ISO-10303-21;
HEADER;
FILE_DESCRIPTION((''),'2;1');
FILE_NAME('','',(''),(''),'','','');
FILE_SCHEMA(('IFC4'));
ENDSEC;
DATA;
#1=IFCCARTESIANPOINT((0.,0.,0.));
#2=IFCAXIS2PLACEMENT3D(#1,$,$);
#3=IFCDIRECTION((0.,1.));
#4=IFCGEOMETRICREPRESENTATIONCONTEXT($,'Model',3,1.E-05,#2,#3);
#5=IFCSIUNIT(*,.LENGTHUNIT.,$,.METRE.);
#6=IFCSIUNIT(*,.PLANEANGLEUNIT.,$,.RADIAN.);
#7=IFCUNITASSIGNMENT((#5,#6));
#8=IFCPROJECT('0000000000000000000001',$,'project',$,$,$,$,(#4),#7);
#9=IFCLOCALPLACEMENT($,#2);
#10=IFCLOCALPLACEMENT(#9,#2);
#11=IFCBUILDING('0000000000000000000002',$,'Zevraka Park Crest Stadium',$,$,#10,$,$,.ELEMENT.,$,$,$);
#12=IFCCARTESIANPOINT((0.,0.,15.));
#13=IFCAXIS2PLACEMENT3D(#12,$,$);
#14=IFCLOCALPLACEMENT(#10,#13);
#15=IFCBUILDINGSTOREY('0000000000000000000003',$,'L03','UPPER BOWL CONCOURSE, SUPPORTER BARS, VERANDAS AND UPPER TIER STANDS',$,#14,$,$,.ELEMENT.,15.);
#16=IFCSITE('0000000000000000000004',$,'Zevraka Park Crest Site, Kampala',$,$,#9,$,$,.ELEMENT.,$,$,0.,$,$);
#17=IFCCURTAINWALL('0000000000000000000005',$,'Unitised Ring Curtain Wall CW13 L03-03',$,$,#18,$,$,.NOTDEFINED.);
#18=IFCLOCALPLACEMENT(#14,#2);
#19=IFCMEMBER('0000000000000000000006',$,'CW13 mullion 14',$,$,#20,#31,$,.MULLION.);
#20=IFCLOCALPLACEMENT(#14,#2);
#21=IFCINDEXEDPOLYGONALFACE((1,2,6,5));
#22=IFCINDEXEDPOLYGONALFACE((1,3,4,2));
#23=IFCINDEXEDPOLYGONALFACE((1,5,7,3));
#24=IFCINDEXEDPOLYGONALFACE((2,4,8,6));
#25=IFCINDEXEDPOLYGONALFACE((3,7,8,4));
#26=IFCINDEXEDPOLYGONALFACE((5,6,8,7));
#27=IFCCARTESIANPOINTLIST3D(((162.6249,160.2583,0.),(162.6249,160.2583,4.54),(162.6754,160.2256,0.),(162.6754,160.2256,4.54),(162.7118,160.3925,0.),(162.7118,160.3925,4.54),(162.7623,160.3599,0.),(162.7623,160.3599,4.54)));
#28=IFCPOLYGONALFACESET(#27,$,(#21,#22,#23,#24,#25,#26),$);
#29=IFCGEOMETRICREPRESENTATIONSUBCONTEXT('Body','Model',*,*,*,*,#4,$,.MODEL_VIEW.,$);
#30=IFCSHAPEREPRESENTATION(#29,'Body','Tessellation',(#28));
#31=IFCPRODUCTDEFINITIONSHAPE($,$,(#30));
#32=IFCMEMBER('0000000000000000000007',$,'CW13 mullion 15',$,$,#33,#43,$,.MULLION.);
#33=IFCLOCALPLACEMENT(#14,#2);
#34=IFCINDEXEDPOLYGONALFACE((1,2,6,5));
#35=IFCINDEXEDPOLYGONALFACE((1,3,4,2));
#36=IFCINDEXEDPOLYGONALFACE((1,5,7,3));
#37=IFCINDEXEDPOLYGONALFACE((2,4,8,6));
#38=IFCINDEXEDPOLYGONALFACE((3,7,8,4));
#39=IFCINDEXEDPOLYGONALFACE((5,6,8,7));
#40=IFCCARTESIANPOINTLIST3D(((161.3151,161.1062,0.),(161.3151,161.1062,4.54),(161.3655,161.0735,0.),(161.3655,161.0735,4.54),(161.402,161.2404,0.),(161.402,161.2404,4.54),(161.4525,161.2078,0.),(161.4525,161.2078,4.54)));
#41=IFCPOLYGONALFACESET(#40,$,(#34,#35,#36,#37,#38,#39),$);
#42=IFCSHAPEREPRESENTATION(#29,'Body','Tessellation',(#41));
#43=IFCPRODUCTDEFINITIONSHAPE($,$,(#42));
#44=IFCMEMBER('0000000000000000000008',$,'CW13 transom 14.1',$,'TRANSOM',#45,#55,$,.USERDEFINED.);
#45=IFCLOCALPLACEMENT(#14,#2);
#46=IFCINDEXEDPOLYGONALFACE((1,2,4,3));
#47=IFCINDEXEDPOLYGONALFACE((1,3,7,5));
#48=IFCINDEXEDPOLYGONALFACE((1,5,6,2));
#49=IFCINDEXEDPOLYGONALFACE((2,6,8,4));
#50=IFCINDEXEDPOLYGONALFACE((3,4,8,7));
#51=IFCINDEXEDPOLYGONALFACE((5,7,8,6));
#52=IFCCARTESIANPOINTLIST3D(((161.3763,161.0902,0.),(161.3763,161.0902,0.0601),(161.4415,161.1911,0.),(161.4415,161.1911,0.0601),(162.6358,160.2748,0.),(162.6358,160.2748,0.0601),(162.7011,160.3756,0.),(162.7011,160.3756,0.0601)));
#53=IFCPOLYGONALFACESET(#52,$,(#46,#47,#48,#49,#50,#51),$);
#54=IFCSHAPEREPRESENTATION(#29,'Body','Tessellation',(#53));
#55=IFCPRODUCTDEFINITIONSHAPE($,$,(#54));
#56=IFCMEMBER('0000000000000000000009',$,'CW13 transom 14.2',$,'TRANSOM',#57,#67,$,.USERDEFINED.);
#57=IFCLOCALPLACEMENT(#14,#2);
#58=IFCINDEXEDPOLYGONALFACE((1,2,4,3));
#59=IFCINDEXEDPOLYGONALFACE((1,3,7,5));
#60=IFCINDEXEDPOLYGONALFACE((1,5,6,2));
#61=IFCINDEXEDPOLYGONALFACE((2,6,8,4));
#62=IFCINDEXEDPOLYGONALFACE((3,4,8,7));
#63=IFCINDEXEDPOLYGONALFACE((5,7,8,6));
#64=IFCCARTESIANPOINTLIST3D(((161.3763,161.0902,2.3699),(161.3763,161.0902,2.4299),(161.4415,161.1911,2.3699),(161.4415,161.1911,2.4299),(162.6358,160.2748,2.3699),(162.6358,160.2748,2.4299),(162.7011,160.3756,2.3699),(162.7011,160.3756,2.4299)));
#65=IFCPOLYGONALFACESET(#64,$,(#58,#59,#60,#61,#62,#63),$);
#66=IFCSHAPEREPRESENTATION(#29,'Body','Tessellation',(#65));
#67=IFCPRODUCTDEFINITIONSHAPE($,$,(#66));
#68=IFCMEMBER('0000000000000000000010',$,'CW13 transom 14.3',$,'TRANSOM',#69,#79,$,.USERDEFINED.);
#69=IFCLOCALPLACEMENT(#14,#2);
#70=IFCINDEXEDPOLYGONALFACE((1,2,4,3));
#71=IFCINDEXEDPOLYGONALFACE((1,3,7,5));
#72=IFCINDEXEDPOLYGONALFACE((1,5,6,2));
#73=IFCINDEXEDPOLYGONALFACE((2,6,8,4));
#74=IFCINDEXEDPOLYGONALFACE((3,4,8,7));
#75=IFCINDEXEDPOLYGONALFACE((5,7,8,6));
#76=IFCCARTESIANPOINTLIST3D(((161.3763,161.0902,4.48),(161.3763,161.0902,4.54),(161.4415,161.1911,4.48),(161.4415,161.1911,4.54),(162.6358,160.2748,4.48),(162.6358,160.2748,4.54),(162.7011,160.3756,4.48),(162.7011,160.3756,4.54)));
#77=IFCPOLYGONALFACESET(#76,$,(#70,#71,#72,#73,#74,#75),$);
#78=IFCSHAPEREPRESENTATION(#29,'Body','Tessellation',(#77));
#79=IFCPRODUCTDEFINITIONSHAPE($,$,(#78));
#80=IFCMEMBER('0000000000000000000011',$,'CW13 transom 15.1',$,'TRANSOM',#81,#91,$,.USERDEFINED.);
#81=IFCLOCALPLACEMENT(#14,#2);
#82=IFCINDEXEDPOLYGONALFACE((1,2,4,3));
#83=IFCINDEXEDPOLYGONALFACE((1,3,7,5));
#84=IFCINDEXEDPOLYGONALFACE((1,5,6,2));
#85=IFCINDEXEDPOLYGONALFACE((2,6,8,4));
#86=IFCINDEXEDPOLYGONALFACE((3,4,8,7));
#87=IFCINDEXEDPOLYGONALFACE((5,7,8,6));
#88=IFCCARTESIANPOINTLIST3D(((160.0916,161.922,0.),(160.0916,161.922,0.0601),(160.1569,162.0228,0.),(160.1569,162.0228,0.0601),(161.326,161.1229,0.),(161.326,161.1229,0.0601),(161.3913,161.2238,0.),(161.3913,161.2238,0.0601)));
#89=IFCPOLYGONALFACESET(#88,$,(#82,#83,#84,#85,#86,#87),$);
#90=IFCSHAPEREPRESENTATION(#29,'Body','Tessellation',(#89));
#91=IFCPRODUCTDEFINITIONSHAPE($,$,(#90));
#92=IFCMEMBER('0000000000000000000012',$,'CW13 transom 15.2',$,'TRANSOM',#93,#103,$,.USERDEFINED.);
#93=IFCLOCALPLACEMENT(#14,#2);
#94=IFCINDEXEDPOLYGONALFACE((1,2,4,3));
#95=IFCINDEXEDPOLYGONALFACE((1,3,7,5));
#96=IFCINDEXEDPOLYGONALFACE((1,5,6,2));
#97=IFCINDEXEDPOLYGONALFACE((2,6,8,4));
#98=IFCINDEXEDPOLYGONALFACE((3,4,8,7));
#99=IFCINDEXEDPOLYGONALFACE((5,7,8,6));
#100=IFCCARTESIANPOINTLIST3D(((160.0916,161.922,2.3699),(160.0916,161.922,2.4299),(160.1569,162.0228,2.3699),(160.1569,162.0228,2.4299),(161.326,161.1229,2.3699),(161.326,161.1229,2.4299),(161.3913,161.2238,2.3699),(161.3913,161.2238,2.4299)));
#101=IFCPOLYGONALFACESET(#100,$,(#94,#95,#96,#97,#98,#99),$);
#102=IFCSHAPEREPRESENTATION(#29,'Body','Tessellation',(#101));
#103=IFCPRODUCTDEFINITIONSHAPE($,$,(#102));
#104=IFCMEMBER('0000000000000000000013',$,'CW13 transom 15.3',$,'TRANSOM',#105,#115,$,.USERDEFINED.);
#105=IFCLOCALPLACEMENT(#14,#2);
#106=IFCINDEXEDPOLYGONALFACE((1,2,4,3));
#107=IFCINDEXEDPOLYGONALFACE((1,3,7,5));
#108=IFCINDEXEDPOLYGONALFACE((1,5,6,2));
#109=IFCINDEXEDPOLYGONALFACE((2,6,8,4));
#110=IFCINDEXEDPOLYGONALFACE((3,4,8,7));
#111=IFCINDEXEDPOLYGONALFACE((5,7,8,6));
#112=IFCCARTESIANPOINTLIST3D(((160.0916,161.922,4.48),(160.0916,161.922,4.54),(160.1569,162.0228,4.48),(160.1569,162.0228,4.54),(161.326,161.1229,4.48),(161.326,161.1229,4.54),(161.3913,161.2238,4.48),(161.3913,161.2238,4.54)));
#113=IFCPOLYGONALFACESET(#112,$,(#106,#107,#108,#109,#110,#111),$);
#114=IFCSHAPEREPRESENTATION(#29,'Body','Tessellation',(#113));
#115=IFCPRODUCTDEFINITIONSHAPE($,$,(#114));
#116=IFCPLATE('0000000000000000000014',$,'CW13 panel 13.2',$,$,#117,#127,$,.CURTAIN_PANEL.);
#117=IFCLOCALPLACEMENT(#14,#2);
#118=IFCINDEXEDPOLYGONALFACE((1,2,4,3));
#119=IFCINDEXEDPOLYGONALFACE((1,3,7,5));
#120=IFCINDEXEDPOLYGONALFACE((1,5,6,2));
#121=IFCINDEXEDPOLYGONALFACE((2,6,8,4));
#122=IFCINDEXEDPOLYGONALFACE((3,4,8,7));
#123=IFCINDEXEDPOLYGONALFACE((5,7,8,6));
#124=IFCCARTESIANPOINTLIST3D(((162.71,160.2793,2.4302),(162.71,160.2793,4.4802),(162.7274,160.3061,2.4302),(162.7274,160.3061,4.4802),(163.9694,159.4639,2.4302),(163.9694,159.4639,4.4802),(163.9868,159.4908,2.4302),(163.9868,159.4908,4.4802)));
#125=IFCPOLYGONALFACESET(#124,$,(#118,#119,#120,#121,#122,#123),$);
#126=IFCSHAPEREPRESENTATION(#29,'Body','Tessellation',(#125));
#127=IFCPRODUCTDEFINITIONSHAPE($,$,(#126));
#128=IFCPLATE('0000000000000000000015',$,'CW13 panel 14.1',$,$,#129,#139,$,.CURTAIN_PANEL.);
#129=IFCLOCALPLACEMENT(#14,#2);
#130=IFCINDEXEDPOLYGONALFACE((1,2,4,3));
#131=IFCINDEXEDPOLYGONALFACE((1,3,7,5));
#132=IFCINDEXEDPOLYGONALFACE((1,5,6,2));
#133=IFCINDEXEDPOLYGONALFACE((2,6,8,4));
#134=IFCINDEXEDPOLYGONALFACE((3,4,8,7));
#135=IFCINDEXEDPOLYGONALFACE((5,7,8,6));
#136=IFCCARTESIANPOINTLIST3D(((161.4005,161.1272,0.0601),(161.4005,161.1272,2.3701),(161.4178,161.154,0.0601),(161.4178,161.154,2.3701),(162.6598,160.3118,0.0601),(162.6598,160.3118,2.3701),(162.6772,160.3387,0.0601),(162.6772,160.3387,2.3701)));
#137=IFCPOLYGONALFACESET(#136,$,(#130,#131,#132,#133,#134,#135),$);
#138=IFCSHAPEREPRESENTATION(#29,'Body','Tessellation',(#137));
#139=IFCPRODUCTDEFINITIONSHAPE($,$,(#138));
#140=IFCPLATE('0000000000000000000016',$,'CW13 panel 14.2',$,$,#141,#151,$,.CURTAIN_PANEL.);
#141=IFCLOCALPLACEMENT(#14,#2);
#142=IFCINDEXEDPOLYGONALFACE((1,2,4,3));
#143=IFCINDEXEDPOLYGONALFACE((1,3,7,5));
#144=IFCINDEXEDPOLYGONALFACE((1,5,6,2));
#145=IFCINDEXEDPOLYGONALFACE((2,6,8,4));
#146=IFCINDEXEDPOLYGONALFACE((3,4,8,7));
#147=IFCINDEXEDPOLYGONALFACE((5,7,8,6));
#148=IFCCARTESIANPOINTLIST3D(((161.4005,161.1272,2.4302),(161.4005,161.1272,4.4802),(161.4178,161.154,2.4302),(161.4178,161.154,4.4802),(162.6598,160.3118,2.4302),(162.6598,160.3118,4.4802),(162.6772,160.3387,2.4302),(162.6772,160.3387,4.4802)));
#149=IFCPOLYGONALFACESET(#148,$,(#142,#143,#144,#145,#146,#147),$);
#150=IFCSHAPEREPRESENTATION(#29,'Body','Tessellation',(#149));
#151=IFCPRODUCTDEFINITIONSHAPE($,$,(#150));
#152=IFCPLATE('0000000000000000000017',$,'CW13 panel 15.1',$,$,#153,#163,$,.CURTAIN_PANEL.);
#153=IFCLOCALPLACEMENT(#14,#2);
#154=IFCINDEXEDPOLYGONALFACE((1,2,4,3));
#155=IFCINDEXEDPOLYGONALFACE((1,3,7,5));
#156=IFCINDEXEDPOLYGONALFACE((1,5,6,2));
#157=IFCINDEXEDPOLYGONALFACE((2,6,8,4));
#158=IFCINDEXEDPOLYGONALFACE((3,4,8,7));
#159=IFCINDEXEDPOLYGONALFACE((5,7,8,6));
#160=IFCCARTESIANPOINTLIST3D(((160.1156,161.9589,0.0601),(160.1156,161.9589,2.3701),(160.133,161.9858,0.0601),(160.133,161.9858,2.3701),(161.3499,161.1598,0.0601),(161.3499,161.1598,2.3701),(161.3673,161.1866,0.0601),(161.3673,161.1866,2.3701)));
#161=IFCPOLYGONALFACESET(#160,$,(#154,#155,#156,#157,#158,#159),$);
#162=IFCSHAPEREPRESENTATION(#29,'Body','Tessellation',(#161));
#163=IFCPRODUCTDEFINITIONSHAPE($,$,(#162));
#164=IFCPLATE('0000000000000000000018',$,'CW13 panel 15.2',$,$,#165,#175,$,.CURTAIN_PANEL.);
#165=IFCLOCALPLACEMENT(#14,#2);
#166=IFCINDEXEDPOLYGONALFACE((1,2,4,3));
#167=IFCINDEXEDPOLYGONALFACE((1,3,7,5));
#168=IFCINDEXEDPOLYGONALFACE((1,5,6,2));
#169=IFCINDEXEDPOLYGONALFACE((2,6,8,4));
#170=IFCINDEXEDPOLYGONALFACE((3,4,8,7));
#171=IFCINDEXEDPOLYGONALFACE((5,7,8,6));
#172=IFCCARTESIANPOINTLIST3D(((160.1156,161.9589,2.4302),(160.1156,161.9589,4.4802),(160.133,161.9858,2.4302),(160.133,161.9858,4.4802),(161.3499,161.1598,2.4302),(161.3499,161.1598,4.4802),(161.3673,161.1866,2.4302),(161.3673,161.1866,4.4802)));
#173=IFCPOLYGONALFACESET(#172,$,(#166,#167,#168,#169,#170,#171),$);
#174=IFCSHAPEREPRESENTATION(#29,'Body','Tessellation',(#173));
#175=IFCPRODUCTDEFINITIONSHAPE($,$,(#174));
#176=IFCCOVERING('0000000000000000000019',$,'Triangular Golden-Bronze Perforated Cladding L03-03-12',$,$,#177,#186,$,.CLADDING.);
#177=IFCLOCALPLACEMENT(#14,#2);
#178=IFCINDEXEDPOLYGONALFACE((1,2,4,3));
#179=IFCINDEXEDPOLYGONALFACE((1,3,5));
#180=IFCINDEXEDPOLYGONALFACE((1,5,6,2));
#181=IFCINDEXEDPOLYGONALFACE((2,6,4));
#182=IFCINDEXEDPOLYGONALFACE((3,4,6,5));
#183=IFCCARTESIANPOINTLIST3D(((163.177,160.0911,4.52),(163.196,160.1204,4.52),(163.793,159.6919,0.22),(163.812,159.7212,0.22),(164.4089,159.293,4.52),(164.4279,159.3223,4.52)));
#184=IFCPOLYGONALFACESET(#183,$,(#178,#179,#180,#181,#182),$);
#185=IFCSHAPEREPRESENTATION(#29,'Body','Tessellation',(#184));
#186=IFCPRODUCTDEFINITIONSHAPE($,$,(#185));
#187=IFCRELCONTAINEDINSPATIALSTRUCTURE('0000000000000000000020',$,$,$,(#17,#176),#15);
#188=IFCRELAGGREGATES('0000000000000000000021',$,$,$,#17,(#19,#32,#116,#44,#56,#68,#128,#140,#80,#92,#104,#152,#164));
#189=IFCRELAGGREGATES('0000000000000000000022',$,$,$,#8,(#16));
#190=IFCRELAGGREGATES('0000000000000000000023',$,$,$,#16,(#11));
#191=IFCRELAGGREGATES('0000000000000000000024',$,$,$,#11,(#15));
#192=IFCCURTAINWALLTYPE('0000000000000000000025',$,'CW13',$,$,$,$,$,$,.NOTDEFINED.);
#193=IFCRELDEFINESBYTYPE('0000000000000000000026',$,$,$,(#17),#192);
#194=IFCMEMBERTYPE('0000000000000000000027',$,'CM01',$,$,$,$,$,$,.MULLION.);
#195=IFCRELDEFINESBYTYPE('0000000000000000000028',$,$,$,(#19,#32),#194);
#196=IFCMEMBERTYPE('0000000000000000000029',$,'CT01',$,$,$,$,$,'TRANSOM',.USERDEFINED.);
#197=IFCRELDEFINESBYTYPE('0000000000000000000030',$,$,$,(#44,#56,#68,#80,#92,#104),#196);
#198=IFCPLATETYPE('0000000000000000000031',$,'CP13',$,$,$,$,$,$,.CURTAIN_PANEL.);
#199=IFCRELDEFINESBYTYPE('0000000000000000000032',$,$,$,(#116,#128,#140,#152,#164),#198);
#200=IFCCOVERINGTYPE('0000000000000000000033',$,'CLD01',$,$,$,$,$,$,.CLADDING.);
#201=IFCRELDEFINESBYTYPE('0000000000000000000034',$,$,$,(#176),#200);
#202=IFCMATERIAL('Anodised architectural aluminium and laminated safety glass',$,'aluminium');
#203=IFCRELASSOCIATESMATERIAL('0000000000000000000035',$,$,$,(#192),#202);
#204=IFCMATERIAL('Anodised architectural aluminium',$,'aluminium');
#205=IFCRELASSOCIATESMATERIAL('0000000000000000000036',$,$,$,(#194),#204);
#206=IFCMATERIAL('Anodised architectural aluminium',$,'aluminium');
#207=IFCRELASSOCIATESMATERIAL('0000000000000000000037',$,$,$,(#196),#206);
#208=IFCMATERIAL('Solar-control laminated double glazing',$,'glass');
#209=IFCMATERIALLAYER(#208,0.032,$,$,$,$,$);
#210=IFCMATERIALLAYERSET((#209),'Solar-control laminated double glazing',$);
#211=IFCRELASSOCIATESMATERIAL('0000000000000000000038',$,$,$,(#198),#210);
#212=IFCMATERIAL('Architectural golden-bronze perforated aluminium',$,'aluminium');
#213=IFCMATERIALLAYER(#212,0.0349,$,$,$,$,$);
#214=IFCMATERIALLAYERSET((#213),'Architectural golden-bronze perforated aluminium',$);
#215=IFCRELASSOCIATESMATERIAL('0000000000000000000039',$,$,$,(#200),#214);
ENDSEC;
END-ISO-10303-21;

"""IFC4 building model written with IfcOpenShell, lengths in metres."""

from ifc_helpers import new_model, si_unit, direction, frame, origin, origin_2d, place, context, subcontext, project, spatial, polyline, rectangle, outline, extrude, material, layer, layer_set, material_profile, profile_set, type_object, element, aggregate, save


model = new_model("IFC4")

# Units and contexts
model_context = context("Model", 3, precision=1e-05, world=origin(), true_north=direction((0.0, 1.0)))
body_context = subcontext(model_context, "Body", "Model", "MODEL_VIEW")
ifc_project = project(units=[si_unit("LENGTHUNIT", "METRE"), si_unit("PLANEANGLEUNIT", "RADIAN")], contexts=[model_context])

# Site, building, storey
site_placement = place(None, origin())
site = spatial("IfcSite", under=ifc_project, at=site_placement, Name="Zevraka Park Crest Site, Kampala", CompositionType="ELEMENT", RefElevation=0.0)
building_placement = place(site_placement, origin())
building = spatial("IfcBuilding", under=site, at=building_placement, Name="Zevraka Park Crest Stadium", CompositionType="ELEMENT")
storey_placement = place(building_placement, frame((0.0, 0.0, 15.0)))
storey = spatial("IfcBuildingStorey", under=building, at=storey_placement, Name="L03", Description="UPPER BOWL CONCOURSE, SUPPORTER BARS, VERANDAS AND UPPER TIER STANDS", CompositionType="ELEMENT", Elevation=15.0)

# Curtain wall, members, plates
ifc_material_1 = material(Name="Anodised architectural aluminium and laminated safety glass", Category="aluminium")
curtain_wall_type = type_object("IfcCurtainWallType", Name="CW13", PredefinedType="NOTDEFINED", material=ifc_material_1)
curtain_wall_placement = place(storey_placement, origin())
curtain_wall = element("IfcCurtainWall", 1, at=curtain_wall_placement, inside=storey, type_object=curtain_wall_type, Name="Unitised Ring Curtain Wall CW13 L03-03", PredefinedType="NOTDEFINED")
ifc_material_2 = material(Name="Anodised architectural aluminium", Category="aluminium")
ifc_material_profile_1 = material_profile(ifc_material_2, rectangle(XDim=0.1599, YDim=0.0601, at=origin_2d()), Name="ALU MULLION 160x60")
ifc_profile_set_1 = profile_set([ifc_material_profile_1], Name="Anodised architectural aluminium")
member_type_1 = type_object("IfcMemberType", Name="CM01", PredefinedType="MULLION", material=ifc_profile_set_1)
member_1_placement = place(storey_placement, frame((162.6936, 160.3091, 0.0), z_axis=(0.0, 0.0, 1.0), x_axis=(-0.543469, -0.839429, 0.0)))
member_1 = element("IfcMember", 2, at=member_1_placement, type_object=member_type_1, Name="CW13 mullion 14", PredefinedType="MULLION", context=body_context, shape_type="SweptSolid", body=[
    extrude(rectangle(XDim=0.1599, YDim=0.0601, at=origin_2d()), origin(), (0.0, 0.0, 1.0), 4.54),
])
member_2_placement = place(storey_placement, frame((161.3838, 161.157, 0.0), z_axis=(0.0, 0.0, 1.0), x_axis=(-0.543469, -0.839429, 0.0)))
member_2 = element("IfcMember", 3, at=member_2_placement, type_object=member_type_1, Name="CW13 mullion 15", PredefinedType="MULLION", context=body_context, shape_type="SweptSolid", body=[
    extrude(rectangle(XDim=0.1599, YDim=0.0601, at=origin_2d()), origin(), (0.0, 0.0, 1.0), 4.54),
])
ifc_material_3 = material(Name="Anodised architectural aluminium", Category="aluminium")
ifc_material_profile_2 = material_profile(ifc_material_3, rectangle(XDim=0.1201, YDim=0.0601, at=origin_2d()), Name="ALU TRANSOM 120x60")
ifc_profile_set_2 = profile_set([ifc_material_profile_2], Name="Anodised architectural aluminium")
member_type_2 = type_object("IfcMemberType", Name="CT01", ElementType="TRANSOM", PredefinedType="USERDEFINED", material=ifc_profile_set_2)
member_3_placement = place(storey_placement, frame((162.6685, 160.3252, 0.03), z_axis=(-0.839435, 0.54346, 0.0), x_axis=(-0.54346, -0.839435, 0.0)))
member_3 = element("IfcMember", 4, at=member_3_placement, type_object=member_type_2, Name="CW13 transom 14.1", ObjectType="TRANSOM", PredefinedType="USERDEFINED", context=body_context, shape_type="SweptSolid", body=[
    extrude(rectangle(XDim=0.1201, YDim=0.0601, at=origin_2d()), origin(), (0.0, 0.0, 1.0), 1.5005),
])
member_4_placement = place(storey_placement, frame((162.6685, 160.3252, 2.3999), z_axis=(-0.839435, 0.54346, 0.0), x_axis=(-0.54346, -0.839435, 0.0)))
member_4 = element("IfcMember", 5, at=member_4_placement, type_object=member_type_2, Name="CW13 transom 14.2", ObjectType="TRANSOM", PredefinedType="USERDEFINED", context=body_context, shape_type="SweptSolid", body=[
    extrude(rectangle(XDim=0.1201, YDim=0.0601, at=origin_2d()), origin(), (0.0, 0.0, 1.0), 1.5005),
])
member_5_placement = place(storey_placement, frame((162.6685, 160.3252, 4.51), z_axis=(-0.839435, 0.54346, 0.0), x_axis=(-0.54346, -0.839435, 0.0)))
member_5 = element("IfcMember", 6, at=member_5_placement, type_object=member_type_2, Name="CW13 transom 14.3", ObjectType="TRANSOM", PredefinedType="USERDEFINED", context=body_context, shape_type="SweptSolid", body=[
    extrude(rectangle(XDim=0.1201, YDim=0.0601, at=origin_2d()), origin(), (0.0, 0.0, 1.0), 1.5005),
])
member_6_placement = place(storey_placement, frame((161.3586, 161.1733, 0.03), z_axis=(-0.839459, 0.543423, 0.0), x_axis=(-0.543423, -0.839459, 0.0)))
member_6 = element("IfcMember", 7, at=member_6_placement, type_object=member_type_2, Name="CW13 transom 15.1", ObjectType="TRANSOM", PredefinedType="USERDEFINED", context=body_context, shape_type="SweptSolid", body=[
    extrude(rectangle(XDim=0.1201, YDim=0.0601, at=origin_2d()), origin(), (0.0, 0.0, 1.0), 1.4705),
])
member_7_placement = place(storey_placement, frame((161.3586, 161.1733, 2.3999), z_axis=(-0.839459, 0.543423, 0.0), x_axis=(-0.543423, -0.839459, 0.0)))
member_7 = element("IfcMember", 8, at=member_7_placement, type_object=member_type_2, Name="CW13 transom 15.2", ObjectType="TRANSOM", PredefinedType="USERDEFINED", context=body_context, shape_type="SweptSolid", body=[
    extrude(rectangle(XDim=0.1201, YDim=0.0601, at=origin_2d()), origin(), (0.0, 0.0, 1.0), 1.4705),
])
member_8_placement = place(storey_placement, frame((161.3586, 161.1733, 4.51), z_axis=(-0.839459, 0.543423, 0.0), x_axis=(-0.543423, -0.839459, 0.0)))
member_8 = element("IfcMember", 9, at=member_8_placement, type_object=member_type_2, Name="CW13 transom 15.3", ObjectType="TRANSOM", PredefinedType="USERDEFINED", context=body_context, shape_type="SweptSolid", body=[
    extrude(rectangle(XDim=0.1201, YDim=0.0601, at=origin_2d()), origin(), (0.0, 0.0, 1.0), 1.4705),
])
ifc_material_4 = material(Name="Solar-control laminated double glazing", Category="glass")
ifc_layer_1 = layer(ifc_material_4, 0.032)
ifc_layer_set_1 = layer_set([ifc_layer_1], Name="Solar-control laminated double glazing")
plate_type = type_object("IfcPlateType", Name="CP13", PredefinedType="CURTAIN_PANEL", material=ifc_layer_set_1)
plate_1_placement = place(storey_placement, frame((163.3484, 159.885, 2.4302), z_axis=(0.0, 0.0, 1.0), x_axis=(-0.839429, 0.543469, 0.0)))
plate_1 = element("IfcPlate", 10, at=plate_1_placement, type_object=plate_type, Name="CW13 panel 13.2", PredefinedType="CURTAIN_PANEL", context=body_context, shape_type="SweptSolid", body=[
    extrude(rectangle(XDim=1.5002, YDim=0.032, at=origin_2d()), origin(), (0.0, 0.0, 1.0), 2.05),
])
plate_2_placement = place(storey_placement, frame((162.0388, 160.7329, 0.0601), z_axis=(0.0, 0.0, 1.0), x_axis=(-0.839429, 0.543469, 0.0)))
plate_2 = element("IfcPlate", 11, at=plate_2_placement, type_object=plate_type, Name="CW13 panel 14.1", PredefinedType="CURTAIN_PANEL", context=body_context, shape_type="SweptSolid", body=[
    extrude(rectangle(XDim=1.5002, YDim=0.032, at=origin_2d()), origin(), (0.0, 0.0, 1.0), 2.3101),
])
plate_3_placement = place(storey_placement, frame((162.0388, 160.7329, 2.4302), z_axis=(0.0, 0.0, 1.0), x_axis=(-0.839429, 0.543469, 0.0)))
plate_3 = element("IfcPlate", 12, at=plate_3_placement, type_object=plate_type, Name="CW13 panel 14.2", PredefinedType="CURTAIN_PANEL", context=body_context, shape_type="SweptSolid", body=[
    extrude(rectangle(XDim=1.5002, YDim=0.032, at=origin_2d()), origin(), (0.0, 0.0, 1.0), 2.05),
])
plate_4_placement = place(storey_placement, frame((160.7415, 161.5728, 0.0601), z_axis=(0.0, 0.0, 1.0), x_axis=(-0.839429, 0.543469, 0.0)))
plate_4 = element("IfcPlate", 13, at=plate_4_placement, type_object=plate_type, Name="CW13 panel 15.1", PredefinedType="CURTAIN_PANEL", context=body_context, shape_type="SweptSolid", body=[
    extrude(rectangle(XDim=1.4705, YDim=0.032, at=origin_2d()), origin(), (0.0, 0.0, 1.0), 2.3101),
])
plate_5_placement = place(storey_placement, frame((160.7415, 161.5728, 2.4302), z_axis=(0.0, 0.0, 1.0), x_axis=(-0.839429, 0.543469, 0.0)))
plate_5 = element("IfcPlate", 14, at=plate_5_placement, type_object=plate_type, Name="CW13 panel 15.2", PredefinedType="CURTAIN_PANEL", context=body_context, shape_type="SweptSolid", body=[
    extrude(rectangle(XDim=1.4705, YDim=0.032, at=origin_2d()), origin(), (0.0, 0.0, 1.0), 2.05),
])
aggregate(curtain_wall, [member_1, member_2, plate_1, member_3, member_4, member_5, plate_2, plate_3, member_6, member_7, member_8, plate_4, plate_5])

# Covering
ifc_material_5 = material(Name="Architectural golden-bronze perforated aluminium", Category="aluminium")
ifc_layer_2 = layer(ifc_material_5, 0.0349)
ifc_layer_set_2 = layer_set([ifc_layer_2], Name="Architectural golden-bronze perforated aluminium")
covering_type = type_object("IfcCoveringType", Name="CLD01", PredefinedType="CLADDING", material=ifc_layer_set_2)
covering_1_placement = place(storey_placement, frame((163.177, 160.0911, 4.52), z_axis=(-0.543713, -0.839271, 0.000024), x_axis=(0.839271, -0.543713, 0.0)))
element("IfcCovering", 15, at=covering_1_placement, inside=storey, type_object=covering_type, Name="Triangular Golden-Bronze Perforated Cladding L03-03-12", PredefinedType="CLADDING", context=body_context, shape_type="SweptSolid", body=[
    extrude(outline(polyline([(0.0, 0.0), (1.4679, 0.0), (0.734, -4.3), (0.0, 0.0)])), origin(), (0.0, 0.0, -1.0), 0.0349),
])

save(model, "model.ifc")
